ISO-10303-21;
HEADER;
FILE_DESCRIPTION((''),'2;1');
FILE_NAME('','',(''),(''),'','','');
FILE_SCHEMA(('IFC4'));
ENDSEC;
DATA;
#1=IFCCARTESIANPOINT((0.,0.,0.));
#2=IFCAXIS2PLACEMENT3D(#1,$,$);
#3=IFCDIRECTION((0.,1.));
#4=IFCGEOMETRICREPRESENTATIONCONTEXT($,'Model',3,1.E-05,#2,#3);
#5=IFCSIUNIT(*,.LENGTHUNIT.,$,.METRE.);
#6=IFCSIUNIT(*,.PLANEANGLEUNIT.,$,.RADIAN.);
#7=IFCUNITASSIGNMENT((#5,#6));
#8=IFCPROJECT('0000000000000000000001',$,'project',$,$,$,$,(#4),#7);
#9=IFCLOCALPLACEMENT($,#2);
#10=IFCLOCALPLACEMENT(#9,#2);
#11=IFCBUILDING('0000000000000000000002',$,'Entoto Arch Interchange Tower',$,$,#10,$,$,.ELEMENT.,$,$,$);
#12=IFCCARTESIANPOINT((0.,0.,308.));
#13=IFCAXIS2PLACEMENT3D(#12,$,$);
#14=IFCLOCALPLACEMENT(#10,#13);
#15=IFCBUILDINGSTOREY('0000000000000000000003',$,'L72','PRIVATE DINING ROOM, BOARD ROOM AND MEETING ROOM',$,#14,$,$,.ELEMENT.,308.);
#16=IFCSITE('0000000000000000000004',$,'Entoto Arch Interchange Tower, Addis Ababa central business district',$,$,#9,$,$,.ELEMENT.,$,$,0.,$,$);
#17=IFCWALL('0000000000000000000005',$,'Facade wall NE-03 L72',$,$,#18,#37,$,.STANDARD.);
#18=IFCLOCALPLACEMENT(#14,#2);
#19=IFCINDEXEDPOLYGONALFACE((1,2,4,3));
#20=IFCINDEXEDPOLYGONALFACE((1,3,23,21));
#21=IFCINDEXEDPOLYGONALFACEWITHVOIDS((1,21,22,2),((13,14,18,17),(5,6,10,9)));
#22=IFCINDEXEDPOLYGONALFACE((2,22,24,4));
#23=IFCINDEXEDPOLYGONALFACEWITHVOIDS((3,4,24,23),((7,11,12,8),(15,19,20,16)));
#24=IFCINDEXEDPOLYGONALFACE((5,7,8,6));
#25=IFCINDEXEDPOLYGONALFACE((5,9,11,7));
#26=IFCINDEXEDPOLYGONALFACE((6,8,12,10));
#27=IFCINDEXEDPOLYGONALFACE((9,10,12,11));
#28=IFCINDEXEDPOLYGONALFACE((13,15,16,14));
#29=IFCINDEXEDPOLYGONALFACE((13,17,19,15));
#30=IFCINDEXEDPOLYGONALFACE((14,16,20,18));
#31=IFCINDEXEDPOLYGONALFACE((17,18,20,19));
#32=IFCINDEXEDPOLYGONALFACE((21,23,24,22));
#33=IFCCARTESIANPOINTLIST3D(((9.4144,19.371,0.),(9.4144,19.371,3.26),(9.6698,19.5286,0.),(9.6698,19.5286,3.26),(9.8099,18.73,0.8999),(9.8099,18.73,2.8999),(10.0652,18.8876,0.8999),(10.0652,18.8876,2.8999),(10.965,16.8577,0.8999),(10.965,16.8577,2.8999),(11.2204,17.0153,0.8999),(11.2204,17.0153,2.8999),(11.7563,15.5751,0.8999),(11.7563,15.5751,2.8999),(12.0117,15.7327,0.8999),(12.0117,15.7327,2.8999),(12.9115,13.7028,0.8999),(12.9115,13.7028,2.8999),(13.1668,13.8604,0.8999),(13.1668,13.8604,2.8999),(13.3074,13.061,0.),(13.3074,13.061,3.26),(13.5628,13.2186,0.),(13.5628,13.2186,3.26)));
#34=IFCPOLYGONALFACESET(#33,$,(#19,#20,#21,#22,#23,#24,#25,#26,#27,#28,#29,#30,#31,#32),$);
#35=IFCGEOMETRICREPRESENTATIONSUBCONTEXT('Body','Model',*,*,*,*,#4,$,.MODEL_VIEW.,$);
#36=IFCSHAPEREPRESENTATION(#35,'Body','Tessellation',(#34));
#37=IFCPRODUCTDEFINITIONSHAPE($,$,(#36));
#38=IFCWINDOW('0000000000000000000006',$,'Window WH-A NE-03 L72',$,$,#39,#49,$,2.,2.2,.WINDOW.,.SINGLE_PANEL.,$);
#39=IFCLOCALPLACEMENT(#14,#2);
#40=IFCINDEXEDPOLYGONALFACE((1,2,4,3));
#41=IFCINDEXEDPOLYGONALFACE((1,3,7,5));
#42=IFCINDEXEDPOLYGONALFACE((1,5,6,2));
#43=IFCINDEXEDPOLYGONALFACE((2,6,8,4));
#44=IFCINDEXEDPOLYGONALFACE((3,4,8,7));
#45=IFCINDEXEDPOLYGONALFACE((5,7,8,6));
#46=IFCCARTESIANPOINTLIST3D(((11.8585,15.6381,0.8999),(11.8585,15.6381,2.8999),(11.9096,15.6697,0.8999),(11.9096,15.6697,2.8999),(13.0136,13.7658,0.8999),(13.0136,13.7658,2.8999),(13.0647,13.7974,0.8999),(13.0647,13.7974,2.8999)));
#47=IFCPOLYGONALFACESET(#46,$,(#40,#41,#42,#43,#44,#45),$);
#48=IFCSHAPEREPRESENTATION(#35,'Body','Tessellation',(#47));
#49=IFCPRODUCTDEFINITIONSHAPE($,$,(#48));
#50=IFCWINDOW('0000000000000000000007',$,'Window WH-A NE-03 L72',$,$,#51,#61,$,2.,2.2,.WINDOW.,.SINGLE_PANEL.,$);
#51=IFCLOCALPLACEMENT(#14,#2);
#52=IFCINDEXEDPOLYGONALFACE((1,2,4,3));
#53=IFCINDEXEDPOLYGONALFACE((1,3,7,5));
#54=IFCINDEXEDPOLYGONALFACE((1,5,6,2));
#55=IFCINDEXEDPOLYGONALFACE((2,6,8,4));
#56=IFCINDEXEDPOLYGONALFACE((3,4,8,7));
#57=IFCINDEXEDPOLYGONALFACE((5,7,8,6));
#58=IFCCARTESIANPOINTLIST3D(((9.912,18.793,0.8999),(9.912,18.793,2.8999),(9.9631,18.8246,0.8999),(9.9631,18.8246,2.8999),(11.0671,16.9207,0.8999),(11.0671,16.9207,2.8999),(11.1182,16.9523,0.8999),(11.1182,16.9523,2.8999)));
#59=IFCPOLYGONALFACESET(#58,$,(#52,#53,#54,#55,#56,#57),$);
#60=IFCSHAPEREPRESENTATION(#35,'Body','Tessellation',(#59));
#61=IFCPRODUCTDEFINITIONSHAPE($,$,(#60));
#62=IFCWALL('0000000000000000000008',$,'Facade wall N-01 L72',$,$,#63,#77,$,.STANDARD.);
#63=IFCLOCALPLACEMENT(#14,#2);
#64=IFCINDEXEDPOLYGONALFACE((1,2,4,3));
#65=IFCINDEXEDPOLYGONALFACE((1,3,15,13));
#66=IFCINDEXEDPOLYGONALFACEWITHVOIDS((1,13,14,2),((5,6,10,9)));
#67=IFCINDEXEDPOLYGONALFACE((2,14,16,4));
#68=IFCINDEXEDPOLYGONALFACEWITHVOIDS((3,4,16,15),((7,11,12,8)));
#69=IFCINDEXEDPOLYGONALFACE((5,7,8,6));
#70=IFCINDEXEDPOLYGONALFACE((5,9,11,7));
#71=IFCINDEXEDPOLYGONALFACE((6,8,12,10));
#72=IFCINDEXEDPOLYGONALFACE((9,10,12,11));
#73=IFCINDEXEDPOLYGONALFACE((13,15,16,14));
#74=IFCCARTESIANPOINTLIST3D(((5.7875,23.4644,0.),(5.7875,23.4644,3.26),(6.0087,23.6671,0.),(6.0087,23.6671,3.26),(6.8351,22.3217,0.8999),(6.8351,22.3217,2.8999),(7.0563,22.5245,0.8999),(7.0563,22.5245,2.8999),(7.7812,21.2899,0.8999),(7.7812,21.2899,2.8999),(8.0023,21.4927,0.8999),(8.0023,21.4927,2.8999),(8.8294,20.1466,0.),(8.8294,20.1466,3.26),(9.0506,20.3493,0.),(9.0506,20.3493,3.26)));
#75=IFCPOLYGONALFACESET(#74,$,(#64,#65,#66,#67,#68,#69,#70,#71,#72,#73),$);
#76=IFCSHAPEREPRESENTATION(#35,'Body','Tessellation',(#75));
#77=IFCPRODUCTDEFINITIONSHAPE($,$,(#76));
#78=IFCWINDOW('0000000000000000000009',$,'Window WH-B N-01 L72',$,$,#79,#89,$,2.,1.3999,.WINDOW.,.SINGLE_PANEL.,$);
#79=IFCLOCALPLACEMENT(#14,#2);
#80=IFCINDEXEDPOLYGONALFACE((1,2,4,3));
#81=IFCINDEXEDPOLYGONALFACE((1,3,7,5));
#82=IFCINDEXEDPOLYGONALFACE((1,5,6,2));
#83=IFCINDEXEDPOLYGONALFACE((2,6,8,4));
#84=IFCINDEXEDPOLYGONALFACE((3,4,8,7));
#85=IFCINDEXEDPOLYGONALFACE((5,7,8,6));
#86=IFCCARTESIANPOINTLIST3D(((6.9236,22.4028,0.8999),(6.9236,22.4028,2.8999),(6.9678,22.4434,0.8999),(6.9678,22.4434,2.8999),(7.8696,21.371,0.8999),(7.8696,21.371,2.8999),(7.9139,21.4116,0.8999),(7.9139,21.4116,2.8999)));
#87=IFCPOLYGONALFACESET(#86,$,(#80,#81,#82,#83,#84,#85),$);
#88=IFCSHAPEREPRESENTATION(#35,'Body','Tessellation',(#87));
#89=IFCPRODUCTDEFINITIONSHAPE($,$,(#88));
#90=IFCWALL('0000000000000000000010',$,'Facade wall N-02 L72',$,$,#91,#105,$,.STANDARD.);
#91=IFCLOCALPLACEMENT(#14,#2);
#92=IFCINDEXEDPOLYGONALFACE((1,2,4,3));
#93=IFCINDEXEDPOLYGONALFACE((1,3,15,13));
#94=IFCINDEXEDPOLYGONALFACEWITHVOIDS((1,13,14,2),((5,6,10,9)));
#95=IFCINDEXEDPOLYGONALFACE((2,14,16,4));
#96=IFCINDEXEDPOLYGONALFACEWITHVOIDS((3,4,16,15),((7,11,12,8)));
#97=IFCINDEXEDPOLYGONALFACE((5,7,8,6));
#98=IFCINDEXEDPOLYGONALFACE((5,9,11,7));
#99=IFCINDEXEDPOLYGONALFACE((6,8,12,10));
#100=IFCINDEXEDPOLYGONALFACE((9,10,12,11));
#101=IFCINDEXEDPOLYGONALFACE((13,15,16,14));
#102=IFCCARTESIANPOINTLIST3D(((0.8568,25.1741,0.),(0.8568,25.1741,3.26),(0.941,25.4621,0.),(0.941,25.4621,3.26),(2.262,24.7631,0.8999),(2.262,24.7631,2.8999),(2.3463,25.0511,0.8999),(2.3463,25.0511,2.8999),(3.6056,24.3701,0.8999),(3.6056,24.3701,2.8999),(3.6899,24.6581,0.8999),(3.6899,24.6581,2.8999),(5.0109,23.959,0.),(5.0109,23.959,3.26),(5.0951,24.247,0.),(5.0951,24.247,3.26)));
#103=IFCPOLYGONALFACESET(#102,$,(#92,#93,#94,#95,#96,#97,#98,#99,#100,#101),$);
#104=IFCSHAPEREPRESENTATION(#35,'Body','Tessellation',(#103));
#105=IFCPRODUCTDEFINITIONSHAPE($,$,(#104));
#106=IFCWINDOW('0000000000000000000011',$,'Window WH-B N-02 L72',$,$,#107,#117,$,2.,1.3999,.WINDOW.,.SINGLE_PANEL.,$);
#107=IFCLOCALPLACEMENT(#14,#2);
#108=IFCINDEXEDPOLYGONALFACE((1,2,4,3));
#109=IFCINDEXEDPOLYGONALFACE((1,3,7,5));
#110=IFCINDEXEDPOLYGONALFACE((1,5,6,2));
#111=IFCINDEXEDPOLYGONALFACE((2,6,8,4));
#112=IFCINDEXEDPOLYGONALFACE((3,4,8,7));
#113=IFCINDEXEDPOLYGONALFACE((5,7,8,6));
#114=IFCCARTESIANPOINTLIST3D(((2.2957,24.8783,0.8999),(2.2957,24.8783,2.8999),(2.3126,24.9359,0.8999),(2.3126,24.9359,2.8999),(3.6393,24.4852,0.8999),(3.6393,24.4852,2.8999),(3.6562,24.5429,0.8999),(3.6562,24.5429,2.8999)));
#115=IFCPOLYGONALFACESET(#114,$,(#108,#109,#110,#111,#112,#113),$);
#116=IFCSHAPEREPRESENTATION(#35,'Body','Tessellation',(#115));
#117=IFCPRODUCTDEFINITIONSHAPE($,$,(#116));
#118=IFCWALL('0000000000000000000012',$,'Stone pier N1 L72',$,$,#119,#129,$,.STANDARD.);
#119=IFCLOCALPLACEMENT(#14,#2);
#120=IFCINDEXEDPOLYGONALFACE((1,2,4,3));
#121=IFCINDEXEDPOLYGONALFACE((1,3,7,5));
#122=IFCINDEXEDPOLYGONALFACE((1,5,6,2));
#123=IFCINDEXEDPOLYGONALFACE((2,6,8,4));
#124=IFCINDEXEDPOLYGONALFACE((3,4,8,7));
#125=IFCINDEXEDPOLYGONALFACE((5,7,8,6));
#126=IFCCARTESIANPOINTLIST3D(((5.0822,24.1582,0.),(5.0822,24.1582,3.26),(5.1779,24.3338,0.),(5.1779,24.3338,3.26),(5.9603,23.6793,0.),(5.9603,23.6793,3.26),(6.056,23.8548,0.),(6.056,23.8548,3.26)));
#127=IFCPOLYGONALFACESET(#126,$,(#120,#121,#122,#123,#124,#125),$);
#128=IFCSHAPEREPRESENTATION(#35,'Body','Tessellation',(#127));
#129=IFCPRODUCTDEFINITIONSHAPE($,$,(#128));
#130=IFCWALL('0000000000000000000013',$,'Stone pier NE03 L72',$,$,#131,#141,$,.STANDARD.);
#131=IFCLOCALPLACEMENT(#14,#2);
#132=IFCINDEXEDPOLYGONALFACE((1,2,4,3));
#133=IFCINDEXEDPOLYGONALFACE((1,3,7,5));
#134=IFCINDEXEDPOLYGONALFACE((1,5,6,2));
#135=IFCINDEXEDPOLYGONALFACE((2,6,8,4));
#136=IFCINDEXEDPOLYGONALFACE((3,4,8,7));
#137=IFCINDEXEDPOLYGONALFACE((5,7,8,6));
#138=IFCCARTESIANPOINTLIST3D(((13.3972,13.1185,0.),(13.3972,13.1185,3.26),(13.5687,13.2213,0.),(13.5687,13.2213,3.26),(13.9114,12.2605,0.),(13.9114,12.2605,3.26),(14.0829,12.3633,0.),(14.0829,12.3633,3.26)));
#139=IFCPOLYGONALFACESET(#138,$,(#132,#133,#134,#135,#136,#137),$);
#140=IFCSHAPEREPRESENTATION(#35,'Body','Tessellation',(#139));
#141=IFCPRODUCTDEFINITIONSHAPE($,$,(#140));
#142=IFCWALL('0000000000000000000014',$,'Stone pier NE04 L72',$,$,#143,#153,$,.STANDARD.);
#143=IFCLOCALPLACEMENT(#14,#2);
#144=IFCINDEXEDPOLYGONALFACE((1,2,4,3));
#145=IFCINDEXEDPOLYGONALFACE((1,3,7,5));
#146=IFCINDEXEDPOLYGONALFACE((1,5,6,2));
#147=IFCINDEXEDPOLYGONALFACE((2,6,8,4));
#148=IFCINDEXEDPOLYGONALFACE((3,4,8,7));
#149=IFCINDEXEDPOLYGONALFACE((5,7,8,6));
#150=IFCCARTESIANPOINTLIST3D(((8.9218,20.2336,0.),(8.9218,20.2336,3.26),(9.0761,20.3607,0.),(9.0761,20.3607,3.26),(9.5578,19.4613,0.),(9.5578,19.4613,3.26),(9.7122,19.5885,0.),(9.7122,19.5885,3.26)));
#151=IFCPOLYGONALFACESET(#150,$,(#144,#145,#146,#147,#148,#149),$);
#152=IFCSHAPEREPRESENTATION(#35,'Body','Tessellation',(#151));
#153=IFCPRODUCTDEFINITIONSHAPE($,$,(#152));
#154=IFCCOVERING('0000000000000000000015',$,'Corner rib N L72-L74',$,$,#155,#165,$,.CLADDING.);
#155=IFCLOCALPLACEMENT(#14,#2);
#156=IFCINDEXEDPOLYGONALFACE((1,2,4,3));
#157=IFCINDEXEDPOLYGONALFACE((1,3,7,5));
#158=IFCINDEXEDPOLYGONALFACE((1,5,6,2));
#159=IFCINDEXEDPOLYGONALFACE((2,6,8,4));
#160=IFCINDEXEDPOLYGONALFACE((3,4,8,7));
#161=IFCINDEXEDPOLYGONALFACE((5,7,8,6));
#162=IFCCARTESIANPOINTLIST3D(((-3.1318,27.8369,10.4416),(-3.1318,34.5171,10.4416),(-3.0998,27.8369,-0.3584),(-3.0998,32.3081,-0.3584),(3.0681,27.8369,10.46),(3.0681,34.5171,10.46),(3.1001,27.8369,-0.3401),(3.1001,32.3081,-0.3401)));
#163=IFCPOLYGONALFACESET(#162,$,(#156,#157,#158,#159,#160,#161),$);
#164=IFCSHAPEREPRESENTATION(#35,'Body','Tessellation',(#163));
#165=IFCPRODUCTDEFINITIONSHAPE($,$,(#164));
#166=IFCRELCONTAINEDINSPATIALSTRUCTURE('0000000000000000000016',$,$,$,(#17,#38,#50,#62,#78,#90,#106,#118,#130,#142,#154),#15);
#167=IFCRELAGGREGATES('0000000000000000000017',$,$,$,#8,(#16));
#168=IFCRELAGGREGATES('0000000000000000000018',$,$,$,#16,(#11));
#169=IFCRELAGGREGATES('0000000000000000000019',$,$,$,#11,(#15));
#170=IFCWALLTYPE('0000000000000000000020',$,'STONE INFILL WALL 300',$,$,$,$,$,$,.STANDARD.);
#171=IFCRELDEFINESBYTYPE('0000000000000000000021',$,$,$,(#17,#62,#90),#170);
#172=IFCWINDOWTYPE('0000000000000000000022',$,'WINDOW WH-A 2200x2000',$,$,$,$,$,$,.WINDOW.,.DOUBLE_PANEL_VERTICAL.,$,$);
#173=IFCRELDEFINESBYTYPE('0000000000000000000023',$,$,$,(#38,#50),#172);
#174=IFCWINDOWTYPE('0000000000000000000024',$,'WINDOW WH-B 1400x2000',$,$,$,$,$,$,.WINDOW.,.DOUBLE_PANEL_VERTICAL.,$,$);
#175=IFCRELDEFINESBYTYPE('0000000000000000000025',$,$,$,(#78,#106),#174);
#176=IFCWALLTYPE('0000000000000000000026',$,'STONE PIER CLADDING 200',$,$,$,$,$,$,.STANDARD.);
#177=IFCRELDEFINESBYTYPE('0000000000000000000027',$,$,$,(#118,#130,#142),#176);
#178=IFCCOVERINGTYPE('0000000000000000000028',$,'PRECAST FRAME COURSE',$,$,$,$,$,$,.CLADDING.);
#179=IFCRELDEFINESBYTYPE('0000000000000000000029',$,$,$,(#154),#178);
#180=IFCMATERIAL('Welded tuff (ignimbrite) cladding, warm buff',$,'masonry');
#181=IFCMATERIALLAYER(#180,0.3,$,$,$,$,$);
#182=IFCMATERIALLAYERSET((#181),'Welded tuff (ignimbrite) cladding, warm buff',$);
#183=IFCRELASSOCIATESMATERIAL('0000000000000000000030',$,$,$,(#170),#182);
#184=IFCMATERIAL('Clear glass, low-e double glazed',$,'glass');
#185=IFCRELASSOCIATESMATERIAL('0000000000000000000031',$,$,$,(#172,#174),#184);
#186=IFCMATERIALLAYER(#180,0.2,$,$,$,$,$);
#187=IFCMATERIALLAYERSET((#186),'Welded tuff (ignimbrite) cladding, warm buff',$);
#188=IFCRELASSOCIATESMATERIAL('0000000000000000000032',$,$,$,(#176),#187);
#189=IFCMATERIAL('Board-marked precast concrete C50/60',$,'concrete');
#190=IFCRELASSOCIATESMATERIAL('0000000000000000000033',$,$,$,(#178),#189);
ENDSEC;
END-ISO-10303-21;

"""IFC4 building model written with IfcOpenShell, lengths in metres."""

from ifc_helpers import new_model, si_unit, direction, frame, frame_2d, origin, place, context, subcontext, project, spatial, polyline, rectangle, outline, extrude, material, layer, layer_set, type_object, element, fill, save


model = new_model("IFC4")

# Units and contexts
model_context = context("Model", 3, precision=1e-05, world=origin(), true_north=direction((0.0, 1.0)))
body_context = subcontext(model_context, "Body", "Model", "MODEL_VIEW")
ifc_project = project(units=[si_unit("LENGTHUNIT", "METRE"), si_unit("PLANEANGLEUNIT", "RADIAN")], contexts=[model_context])

# Site, building, storey
site_placement = place(None, origin())
site = spatial("IfcSite", under=ifc_project, at=site_placement, Name="Entoto Arch Interchange Tower, Addis Ababa central business district", CompositionType="ELEMENT", RefElevation=0.0)
building_placement = place(site_placement, origin())
building = spatial("IfcBuilding", under=site, at=building_placement, Name="Entoto Arch Interchange Tower", CompositionType="ELEMENT")
storey_placement = place(building_placement, frame((0.0, 0.0, 308.0)))
storey = spatial("IfcBuildingStorey", under=building, at=storey_placement, Name="L72", Description="PRIVATE DINING ROOM, BOARD ROOM AND MEETING ROOM", CompositionType="ELEMENT", Elevation=308.0)

# Wall, openings, windows
ifc_material_1 = material(Name="Welded tuff (ignimbrite) cladding, warm buff", Category="masonry")
ifc_layer_1 = layer(ifc_material_1, 0.3)
ifc_layer_set_1 = layer_set([ifc_layer_1], Name="Welded tuff (ignimbrite) cladding, warm buff")
wall_type_1 = type_object("IfcWallType", Name="STONE INFILL WALL 300", PredefinedType="STANDARD", material=ifc_layer_set_1)
wall_1_placement = place(storey_placement, frame((13.4351, 13.1399, 0.0), z_axis=(0.0, 0.0, 1.0), x_axis=(-0.525071, 0.851059, 0.0)))
wall_1 = element("IfcWall", 1, at=wall_1_placement, inside=storey, type_object=wall_type_1, Name="Facade wall NE-03 L72", PredefinedType="STANDARD", context=body_context, shape_type="SweptSolid", body=[
    extrude(rectangle(XDim=7.4143, YDim=0.3, at=frame_2d((3.707, 0.0))), origin(), (0.0, 0.0, 1.0), 3.26),
])
opening_1_placement = place(wall_1_placement, frame((0.7539, 0.0, 0.8999)))
opening_1 = element("IfcOpeningElement", 2, at=opening_1_placement, cuts=wall_1, PredefinedType="OPENING", context=body_context, shape_type="SweptSolid", body=[
    extrude(rectangle(XDim=2.2, YDim=2.0, at=frame_2d((1.1001, 1.0))), frame((0.0, 0.1602, 0.0), z_axis=(0.0, -1.0, 0.0), x_axis=(1.0, 0.0, 0.0)), (0.0, 0.0, 1.0), 0.3201),
])
opening_2_placement = place(wall_1_placement, frame((4.4609, 0.0, 0.8999)))
opening_2 = element("IfcOpeningElement", 3, at=opening_2_placement, cuts=wall_1, PredefinedType="OPENING", context=body_context, shape_type="SweptSolid", body=[
    extrude(rectangle(XDim=2.2, YDim=2.0, at=frame_2d((1.1001, 1.0))), frame((0.0, 0.1602, 0.0), z_axis=(0.0, -1.0, 0.0), x_axis=(1.0, 0.0, 0.0)), (0.0, 0.0, 1.0), 0.3201),
])
ifc_material_2 = material(Name="Clear glass, low-e double glazed", Category="glass")
window_type_1 = type_object("IfcWindowType", Name="WINDOW WH-A 2200x2000", PartitioningType="DOUBLE_PANEL_VERTICAL", PredefinedType="WINDOW", material=ifc_material_2)
window_1_placement = place(opening_1_placement, origin())
window_1 = element("IfcWindow", 4, at=window_1_placement, inside=storey, type_object=window_type_1, Name="Window WH-A NE-03 L72", OverallHeight=2.0, OverallWidth=2.2, PartitioningType="SINGLE_PANEL", PredefinedType="WINDOW", context=body_context, shape_type="SweptSolid", body=[
    extrude(rectangle(XDim=2.2, YDim=2.0, at=frame_2d((1.1001, 1.0))), frame((0.0, 0.03, 0.0), z_axis=(0.0, -1.0, 0.0), x_axis=(1.0, 0.0, 0.0)), (0.0, 0.0, 1.0), 0.0601),
])
fill(opening_1, window_1)
window_2_placement = place(opening_2_placement, origin())
window_2 = element("IfcWindow", 5, at=window_2_placement, inside=storey, type_object=window_type_1, Name="Window WH-A NE-03 L72", OverallHeight=2.0, OverallWidth=2.2, PartitioningType="SINGLE_PANEL", PredefinedType="WINDOW", context=body_context, shape_type="SweptSolid", body=[
    extrude(rectangle(XDim=2.2, YDim=2.0, at=frame_2d((1.1001, 1.0))), frame((0.0, 0.03, 0.0), z_axis=(0.0, -1.0, 0.0), x_axis=(1.0, 0.0, 0.0)), (0.0, 0.0, 1.0), 0.0601),
])
fill(opening_2, window_2)

# Walls, openings, windows
wall_2_placement = place(storey_placement, frame((8.9399, 20.248, 0.0), z_axis=(0.0, 0.0, 1.0), x_axis=(-0.675798, 0.737087, 0.0)))
wall_2 = element("IfcWall", 6, at=wall_2_placement, inside=storey, type_object=wall_type_1, Name="Facade wall N-01 L72", PredefinedType="STANDARD", context=body_context, shape_type="SweptSolid", body=[
    extrude(rectangle(XDim=4.5012, YDim=0.3, at=frame_2d((2.2505, 0.0))), origin(), (0.0, 0.0, 1.0), 3.26),
])
opening_3_placement = place(wall_2_placement, frame((1.551, 0.0, 0.8999)))
opening_3 = element("IfcOpeningElement", 7, at=opening_3_placement, cuts=wall_2, PredefinedType="OPENING", context=body_context, shape_type="SweptSolid", body=[
    extrude(rectangle(XDim=1.3999, YDim=2.0, at=frame_2d((0.7, 1.0))), frame((0.0, 0.1602, 0.0), z_axis=(0.0, -1.0, 0.0), x_axis=(1.0, 0.0, 0.0)), (0.0, 0.0, 1.0), 0.3201),
])
window_type_2 = type_object("IfcWindowType", Name="WINDOW WH-B 1400x2000", PartitioningType="DOUBLE_PANEL_VERTICAL", PredefinedType="WINDOW", material=ifc_material_2)
window_3_placement = place(opening_3_placement, origin())
window_3 = element("IfcWindow", 8, at=window_3_placement, inside=storey, type_object=window_type_2, Name="Window WH-B N-01 L72", OverallHeight=2.0, OverallWidth=1.3999, PartitioningType="SINGLE_PANEL", PredefinedType="WINDOW", context=body_context, shape_type="SweptSolid", body=[
    extrude(rectangle(XDim=1.3999, YDim=2.0, at=frame_2d((0.7, 1.0))), frame((0.0, 0.03, 0.0), z_axis=(0.0, -1.0, 0.0), x_axis=(1.0, 0.0, 0.0)), (0.0, 0.0, 1.0), 0.0601),
])
fill(opening_3, window_3)
wall_3_placement = place(storey_placement, frame((5.053, 24.103, 0.0), z_axis=(0.0, 0.0, 1.0), x_axis=(-0.959783, 0.280743, 0.0)))
wall_3 = element("IfcWall", 9, at=wall_3_placement, inside=storey, type_object=wall_type_1, Name="Facade wall N-02 L72", PredefinedType="STANDARD", context=body_context, shape_type="SweptSolid", body=[
    extrude(rectangle(XDim=4.3281, YDim=0.3, at=frame_2d((2.1641, 0.0))), origin(), (0.0, 0.0, 1.0), 3.26),
])
opening_4_placement = place(wall_3_placement, frame((1.4641, 0.0, 0.8999)))
opening_4 = element("IfcOpeningElement", 10, at=opening_4_placement, cuts=wall_3, PredefinedType="OPENING", context=body_context, shape_type="SweptSolid", body=[
    extrude(rectangle(XDim=1.3999, YDim=2.0, at=frame_2d((0.7, 1.0))), frame((0.0, 0.1602, 0.0), z_axis=(0.0, -1.0, 0.0), x_axis=(1.0, 0.0, 0.0)), (0.0, 0.0, 1.0), 0.3201),
])
window_4_placement = place(opening_4_placement, origin())
window_4 = element("IfcWindow", 11, at=window_4_placement, inside=storey, type_object=window_type_2, Name="Window WH-B N-02 L72", OverallHeight=2.0, OverallWidth=1.3999, PartitioningType="SINGLE_PANEL", PredefinedType="WINDOW", context=body_context, shape_type="SweptSolid", body=[
    extrude(rectangle(XDim=1.3999, YDim=2.0, at=frame_2d((0.7, 1.0))), frame((0.0, 0.03, 0.0), z_axis=(0.0, -1.0, 0.0), x_axis=(1.0, 0.0, 0.0)), (0.0, 0.0, 1.0), 0.0601),
])
fill(opening_4, window_4)

# Walls
ifc_layer_2 = layer(ifc_material_1, 0.2)
ifc_layer_set_2 = layer_set([ifc_layer_2], Name="Welded tuff (ignimbrite) cladding, warm buff")
wall_type_2 = type_object("IfcWallType", Name="STONE PIER CLADDING 200", PredefinedType="STANDARD", material=ifc_layer_set_2)
for number, where, z_axis, x_axis, name in (
    (12, (6.0081, 23.7671, 0.0), (0.0, 0.0, 1.0), (-0.877896, 0.478852, 0.0), "Stone pier N1 L72"),
    (13, (13.9971, 12.312, 0.0), (0.0, 0.0, 1.0), (-0.514065, 0.857751, 0.0), "Stone pier NE03 L72"),
):
    element("IfcWall", number, at=place(storey_placement, frame(where, z_axis=z_axis, x_axis=x_axis)), inside=storey, type_object=wall_type_2, Name=name, PredefinedType="STANDARD", context=body_context, shape_type="SweptSolid", body=[
        extrude(rectangle(XDim=1.0002, YDim=0.2, at=frame_2d((0.5, 0.0))), origin(), (0.0, 0.0, 1.0), 3.26),
    ])
wall_4_placement = place(storey_placement, frame((9.635, 19.5249, 0.0), z_axis=(0.0, 0.0, 1.0), x_axis=(-0.635733, 0.771909, 0.0)))
element("IfcWall", 14, at=wall_4_placement, inside=storey, type_object=wall_type_2, Name="Stone pier NE04 L72", PredefinedType="STANDARD", context=body_context, shape_type="SweptSolid", body=[
    extrude(rectangle(XDim=1.0005, YDim=0.2, at=frame_2d((0.5002, 0.0))), origin(), (0.0, 0.0, 1.0), 3.26),
])

# Covering
ifc_material_3 = material(Name="Board-marked precast concrete C50/60", Category="concrete")
covering_type = type_object("IfcCoveringType", Name="PRECAST FRAME COURSE", PredefinedType="CLADDING", material=ifc_material_3)
covering_placement = place(storey_placement, frame((3.1001, 27.8369, -0.3401), z_axis=(0.999996, 0.0, 0.002961), x_axis=(0.0, 1.0, 0.0)))
element("IfcCovering", 15, at=covering_placement, inside=storey, type_object=covering_type, Name="Corner rib N L72-L74", PredefinedType="CLADDING", context=body_context, shape_type="SweptSolid", body=[
    extrude(outline(polyline([(0.0, 0.0), (4.4712, 0.0), (6.6802, 10.8001), (0.0, 10.8001), (0.0, 0.0)])), origin(), (0.0, 0.0, -1.0), 6.2),
])

save(model, "model.ifc")
